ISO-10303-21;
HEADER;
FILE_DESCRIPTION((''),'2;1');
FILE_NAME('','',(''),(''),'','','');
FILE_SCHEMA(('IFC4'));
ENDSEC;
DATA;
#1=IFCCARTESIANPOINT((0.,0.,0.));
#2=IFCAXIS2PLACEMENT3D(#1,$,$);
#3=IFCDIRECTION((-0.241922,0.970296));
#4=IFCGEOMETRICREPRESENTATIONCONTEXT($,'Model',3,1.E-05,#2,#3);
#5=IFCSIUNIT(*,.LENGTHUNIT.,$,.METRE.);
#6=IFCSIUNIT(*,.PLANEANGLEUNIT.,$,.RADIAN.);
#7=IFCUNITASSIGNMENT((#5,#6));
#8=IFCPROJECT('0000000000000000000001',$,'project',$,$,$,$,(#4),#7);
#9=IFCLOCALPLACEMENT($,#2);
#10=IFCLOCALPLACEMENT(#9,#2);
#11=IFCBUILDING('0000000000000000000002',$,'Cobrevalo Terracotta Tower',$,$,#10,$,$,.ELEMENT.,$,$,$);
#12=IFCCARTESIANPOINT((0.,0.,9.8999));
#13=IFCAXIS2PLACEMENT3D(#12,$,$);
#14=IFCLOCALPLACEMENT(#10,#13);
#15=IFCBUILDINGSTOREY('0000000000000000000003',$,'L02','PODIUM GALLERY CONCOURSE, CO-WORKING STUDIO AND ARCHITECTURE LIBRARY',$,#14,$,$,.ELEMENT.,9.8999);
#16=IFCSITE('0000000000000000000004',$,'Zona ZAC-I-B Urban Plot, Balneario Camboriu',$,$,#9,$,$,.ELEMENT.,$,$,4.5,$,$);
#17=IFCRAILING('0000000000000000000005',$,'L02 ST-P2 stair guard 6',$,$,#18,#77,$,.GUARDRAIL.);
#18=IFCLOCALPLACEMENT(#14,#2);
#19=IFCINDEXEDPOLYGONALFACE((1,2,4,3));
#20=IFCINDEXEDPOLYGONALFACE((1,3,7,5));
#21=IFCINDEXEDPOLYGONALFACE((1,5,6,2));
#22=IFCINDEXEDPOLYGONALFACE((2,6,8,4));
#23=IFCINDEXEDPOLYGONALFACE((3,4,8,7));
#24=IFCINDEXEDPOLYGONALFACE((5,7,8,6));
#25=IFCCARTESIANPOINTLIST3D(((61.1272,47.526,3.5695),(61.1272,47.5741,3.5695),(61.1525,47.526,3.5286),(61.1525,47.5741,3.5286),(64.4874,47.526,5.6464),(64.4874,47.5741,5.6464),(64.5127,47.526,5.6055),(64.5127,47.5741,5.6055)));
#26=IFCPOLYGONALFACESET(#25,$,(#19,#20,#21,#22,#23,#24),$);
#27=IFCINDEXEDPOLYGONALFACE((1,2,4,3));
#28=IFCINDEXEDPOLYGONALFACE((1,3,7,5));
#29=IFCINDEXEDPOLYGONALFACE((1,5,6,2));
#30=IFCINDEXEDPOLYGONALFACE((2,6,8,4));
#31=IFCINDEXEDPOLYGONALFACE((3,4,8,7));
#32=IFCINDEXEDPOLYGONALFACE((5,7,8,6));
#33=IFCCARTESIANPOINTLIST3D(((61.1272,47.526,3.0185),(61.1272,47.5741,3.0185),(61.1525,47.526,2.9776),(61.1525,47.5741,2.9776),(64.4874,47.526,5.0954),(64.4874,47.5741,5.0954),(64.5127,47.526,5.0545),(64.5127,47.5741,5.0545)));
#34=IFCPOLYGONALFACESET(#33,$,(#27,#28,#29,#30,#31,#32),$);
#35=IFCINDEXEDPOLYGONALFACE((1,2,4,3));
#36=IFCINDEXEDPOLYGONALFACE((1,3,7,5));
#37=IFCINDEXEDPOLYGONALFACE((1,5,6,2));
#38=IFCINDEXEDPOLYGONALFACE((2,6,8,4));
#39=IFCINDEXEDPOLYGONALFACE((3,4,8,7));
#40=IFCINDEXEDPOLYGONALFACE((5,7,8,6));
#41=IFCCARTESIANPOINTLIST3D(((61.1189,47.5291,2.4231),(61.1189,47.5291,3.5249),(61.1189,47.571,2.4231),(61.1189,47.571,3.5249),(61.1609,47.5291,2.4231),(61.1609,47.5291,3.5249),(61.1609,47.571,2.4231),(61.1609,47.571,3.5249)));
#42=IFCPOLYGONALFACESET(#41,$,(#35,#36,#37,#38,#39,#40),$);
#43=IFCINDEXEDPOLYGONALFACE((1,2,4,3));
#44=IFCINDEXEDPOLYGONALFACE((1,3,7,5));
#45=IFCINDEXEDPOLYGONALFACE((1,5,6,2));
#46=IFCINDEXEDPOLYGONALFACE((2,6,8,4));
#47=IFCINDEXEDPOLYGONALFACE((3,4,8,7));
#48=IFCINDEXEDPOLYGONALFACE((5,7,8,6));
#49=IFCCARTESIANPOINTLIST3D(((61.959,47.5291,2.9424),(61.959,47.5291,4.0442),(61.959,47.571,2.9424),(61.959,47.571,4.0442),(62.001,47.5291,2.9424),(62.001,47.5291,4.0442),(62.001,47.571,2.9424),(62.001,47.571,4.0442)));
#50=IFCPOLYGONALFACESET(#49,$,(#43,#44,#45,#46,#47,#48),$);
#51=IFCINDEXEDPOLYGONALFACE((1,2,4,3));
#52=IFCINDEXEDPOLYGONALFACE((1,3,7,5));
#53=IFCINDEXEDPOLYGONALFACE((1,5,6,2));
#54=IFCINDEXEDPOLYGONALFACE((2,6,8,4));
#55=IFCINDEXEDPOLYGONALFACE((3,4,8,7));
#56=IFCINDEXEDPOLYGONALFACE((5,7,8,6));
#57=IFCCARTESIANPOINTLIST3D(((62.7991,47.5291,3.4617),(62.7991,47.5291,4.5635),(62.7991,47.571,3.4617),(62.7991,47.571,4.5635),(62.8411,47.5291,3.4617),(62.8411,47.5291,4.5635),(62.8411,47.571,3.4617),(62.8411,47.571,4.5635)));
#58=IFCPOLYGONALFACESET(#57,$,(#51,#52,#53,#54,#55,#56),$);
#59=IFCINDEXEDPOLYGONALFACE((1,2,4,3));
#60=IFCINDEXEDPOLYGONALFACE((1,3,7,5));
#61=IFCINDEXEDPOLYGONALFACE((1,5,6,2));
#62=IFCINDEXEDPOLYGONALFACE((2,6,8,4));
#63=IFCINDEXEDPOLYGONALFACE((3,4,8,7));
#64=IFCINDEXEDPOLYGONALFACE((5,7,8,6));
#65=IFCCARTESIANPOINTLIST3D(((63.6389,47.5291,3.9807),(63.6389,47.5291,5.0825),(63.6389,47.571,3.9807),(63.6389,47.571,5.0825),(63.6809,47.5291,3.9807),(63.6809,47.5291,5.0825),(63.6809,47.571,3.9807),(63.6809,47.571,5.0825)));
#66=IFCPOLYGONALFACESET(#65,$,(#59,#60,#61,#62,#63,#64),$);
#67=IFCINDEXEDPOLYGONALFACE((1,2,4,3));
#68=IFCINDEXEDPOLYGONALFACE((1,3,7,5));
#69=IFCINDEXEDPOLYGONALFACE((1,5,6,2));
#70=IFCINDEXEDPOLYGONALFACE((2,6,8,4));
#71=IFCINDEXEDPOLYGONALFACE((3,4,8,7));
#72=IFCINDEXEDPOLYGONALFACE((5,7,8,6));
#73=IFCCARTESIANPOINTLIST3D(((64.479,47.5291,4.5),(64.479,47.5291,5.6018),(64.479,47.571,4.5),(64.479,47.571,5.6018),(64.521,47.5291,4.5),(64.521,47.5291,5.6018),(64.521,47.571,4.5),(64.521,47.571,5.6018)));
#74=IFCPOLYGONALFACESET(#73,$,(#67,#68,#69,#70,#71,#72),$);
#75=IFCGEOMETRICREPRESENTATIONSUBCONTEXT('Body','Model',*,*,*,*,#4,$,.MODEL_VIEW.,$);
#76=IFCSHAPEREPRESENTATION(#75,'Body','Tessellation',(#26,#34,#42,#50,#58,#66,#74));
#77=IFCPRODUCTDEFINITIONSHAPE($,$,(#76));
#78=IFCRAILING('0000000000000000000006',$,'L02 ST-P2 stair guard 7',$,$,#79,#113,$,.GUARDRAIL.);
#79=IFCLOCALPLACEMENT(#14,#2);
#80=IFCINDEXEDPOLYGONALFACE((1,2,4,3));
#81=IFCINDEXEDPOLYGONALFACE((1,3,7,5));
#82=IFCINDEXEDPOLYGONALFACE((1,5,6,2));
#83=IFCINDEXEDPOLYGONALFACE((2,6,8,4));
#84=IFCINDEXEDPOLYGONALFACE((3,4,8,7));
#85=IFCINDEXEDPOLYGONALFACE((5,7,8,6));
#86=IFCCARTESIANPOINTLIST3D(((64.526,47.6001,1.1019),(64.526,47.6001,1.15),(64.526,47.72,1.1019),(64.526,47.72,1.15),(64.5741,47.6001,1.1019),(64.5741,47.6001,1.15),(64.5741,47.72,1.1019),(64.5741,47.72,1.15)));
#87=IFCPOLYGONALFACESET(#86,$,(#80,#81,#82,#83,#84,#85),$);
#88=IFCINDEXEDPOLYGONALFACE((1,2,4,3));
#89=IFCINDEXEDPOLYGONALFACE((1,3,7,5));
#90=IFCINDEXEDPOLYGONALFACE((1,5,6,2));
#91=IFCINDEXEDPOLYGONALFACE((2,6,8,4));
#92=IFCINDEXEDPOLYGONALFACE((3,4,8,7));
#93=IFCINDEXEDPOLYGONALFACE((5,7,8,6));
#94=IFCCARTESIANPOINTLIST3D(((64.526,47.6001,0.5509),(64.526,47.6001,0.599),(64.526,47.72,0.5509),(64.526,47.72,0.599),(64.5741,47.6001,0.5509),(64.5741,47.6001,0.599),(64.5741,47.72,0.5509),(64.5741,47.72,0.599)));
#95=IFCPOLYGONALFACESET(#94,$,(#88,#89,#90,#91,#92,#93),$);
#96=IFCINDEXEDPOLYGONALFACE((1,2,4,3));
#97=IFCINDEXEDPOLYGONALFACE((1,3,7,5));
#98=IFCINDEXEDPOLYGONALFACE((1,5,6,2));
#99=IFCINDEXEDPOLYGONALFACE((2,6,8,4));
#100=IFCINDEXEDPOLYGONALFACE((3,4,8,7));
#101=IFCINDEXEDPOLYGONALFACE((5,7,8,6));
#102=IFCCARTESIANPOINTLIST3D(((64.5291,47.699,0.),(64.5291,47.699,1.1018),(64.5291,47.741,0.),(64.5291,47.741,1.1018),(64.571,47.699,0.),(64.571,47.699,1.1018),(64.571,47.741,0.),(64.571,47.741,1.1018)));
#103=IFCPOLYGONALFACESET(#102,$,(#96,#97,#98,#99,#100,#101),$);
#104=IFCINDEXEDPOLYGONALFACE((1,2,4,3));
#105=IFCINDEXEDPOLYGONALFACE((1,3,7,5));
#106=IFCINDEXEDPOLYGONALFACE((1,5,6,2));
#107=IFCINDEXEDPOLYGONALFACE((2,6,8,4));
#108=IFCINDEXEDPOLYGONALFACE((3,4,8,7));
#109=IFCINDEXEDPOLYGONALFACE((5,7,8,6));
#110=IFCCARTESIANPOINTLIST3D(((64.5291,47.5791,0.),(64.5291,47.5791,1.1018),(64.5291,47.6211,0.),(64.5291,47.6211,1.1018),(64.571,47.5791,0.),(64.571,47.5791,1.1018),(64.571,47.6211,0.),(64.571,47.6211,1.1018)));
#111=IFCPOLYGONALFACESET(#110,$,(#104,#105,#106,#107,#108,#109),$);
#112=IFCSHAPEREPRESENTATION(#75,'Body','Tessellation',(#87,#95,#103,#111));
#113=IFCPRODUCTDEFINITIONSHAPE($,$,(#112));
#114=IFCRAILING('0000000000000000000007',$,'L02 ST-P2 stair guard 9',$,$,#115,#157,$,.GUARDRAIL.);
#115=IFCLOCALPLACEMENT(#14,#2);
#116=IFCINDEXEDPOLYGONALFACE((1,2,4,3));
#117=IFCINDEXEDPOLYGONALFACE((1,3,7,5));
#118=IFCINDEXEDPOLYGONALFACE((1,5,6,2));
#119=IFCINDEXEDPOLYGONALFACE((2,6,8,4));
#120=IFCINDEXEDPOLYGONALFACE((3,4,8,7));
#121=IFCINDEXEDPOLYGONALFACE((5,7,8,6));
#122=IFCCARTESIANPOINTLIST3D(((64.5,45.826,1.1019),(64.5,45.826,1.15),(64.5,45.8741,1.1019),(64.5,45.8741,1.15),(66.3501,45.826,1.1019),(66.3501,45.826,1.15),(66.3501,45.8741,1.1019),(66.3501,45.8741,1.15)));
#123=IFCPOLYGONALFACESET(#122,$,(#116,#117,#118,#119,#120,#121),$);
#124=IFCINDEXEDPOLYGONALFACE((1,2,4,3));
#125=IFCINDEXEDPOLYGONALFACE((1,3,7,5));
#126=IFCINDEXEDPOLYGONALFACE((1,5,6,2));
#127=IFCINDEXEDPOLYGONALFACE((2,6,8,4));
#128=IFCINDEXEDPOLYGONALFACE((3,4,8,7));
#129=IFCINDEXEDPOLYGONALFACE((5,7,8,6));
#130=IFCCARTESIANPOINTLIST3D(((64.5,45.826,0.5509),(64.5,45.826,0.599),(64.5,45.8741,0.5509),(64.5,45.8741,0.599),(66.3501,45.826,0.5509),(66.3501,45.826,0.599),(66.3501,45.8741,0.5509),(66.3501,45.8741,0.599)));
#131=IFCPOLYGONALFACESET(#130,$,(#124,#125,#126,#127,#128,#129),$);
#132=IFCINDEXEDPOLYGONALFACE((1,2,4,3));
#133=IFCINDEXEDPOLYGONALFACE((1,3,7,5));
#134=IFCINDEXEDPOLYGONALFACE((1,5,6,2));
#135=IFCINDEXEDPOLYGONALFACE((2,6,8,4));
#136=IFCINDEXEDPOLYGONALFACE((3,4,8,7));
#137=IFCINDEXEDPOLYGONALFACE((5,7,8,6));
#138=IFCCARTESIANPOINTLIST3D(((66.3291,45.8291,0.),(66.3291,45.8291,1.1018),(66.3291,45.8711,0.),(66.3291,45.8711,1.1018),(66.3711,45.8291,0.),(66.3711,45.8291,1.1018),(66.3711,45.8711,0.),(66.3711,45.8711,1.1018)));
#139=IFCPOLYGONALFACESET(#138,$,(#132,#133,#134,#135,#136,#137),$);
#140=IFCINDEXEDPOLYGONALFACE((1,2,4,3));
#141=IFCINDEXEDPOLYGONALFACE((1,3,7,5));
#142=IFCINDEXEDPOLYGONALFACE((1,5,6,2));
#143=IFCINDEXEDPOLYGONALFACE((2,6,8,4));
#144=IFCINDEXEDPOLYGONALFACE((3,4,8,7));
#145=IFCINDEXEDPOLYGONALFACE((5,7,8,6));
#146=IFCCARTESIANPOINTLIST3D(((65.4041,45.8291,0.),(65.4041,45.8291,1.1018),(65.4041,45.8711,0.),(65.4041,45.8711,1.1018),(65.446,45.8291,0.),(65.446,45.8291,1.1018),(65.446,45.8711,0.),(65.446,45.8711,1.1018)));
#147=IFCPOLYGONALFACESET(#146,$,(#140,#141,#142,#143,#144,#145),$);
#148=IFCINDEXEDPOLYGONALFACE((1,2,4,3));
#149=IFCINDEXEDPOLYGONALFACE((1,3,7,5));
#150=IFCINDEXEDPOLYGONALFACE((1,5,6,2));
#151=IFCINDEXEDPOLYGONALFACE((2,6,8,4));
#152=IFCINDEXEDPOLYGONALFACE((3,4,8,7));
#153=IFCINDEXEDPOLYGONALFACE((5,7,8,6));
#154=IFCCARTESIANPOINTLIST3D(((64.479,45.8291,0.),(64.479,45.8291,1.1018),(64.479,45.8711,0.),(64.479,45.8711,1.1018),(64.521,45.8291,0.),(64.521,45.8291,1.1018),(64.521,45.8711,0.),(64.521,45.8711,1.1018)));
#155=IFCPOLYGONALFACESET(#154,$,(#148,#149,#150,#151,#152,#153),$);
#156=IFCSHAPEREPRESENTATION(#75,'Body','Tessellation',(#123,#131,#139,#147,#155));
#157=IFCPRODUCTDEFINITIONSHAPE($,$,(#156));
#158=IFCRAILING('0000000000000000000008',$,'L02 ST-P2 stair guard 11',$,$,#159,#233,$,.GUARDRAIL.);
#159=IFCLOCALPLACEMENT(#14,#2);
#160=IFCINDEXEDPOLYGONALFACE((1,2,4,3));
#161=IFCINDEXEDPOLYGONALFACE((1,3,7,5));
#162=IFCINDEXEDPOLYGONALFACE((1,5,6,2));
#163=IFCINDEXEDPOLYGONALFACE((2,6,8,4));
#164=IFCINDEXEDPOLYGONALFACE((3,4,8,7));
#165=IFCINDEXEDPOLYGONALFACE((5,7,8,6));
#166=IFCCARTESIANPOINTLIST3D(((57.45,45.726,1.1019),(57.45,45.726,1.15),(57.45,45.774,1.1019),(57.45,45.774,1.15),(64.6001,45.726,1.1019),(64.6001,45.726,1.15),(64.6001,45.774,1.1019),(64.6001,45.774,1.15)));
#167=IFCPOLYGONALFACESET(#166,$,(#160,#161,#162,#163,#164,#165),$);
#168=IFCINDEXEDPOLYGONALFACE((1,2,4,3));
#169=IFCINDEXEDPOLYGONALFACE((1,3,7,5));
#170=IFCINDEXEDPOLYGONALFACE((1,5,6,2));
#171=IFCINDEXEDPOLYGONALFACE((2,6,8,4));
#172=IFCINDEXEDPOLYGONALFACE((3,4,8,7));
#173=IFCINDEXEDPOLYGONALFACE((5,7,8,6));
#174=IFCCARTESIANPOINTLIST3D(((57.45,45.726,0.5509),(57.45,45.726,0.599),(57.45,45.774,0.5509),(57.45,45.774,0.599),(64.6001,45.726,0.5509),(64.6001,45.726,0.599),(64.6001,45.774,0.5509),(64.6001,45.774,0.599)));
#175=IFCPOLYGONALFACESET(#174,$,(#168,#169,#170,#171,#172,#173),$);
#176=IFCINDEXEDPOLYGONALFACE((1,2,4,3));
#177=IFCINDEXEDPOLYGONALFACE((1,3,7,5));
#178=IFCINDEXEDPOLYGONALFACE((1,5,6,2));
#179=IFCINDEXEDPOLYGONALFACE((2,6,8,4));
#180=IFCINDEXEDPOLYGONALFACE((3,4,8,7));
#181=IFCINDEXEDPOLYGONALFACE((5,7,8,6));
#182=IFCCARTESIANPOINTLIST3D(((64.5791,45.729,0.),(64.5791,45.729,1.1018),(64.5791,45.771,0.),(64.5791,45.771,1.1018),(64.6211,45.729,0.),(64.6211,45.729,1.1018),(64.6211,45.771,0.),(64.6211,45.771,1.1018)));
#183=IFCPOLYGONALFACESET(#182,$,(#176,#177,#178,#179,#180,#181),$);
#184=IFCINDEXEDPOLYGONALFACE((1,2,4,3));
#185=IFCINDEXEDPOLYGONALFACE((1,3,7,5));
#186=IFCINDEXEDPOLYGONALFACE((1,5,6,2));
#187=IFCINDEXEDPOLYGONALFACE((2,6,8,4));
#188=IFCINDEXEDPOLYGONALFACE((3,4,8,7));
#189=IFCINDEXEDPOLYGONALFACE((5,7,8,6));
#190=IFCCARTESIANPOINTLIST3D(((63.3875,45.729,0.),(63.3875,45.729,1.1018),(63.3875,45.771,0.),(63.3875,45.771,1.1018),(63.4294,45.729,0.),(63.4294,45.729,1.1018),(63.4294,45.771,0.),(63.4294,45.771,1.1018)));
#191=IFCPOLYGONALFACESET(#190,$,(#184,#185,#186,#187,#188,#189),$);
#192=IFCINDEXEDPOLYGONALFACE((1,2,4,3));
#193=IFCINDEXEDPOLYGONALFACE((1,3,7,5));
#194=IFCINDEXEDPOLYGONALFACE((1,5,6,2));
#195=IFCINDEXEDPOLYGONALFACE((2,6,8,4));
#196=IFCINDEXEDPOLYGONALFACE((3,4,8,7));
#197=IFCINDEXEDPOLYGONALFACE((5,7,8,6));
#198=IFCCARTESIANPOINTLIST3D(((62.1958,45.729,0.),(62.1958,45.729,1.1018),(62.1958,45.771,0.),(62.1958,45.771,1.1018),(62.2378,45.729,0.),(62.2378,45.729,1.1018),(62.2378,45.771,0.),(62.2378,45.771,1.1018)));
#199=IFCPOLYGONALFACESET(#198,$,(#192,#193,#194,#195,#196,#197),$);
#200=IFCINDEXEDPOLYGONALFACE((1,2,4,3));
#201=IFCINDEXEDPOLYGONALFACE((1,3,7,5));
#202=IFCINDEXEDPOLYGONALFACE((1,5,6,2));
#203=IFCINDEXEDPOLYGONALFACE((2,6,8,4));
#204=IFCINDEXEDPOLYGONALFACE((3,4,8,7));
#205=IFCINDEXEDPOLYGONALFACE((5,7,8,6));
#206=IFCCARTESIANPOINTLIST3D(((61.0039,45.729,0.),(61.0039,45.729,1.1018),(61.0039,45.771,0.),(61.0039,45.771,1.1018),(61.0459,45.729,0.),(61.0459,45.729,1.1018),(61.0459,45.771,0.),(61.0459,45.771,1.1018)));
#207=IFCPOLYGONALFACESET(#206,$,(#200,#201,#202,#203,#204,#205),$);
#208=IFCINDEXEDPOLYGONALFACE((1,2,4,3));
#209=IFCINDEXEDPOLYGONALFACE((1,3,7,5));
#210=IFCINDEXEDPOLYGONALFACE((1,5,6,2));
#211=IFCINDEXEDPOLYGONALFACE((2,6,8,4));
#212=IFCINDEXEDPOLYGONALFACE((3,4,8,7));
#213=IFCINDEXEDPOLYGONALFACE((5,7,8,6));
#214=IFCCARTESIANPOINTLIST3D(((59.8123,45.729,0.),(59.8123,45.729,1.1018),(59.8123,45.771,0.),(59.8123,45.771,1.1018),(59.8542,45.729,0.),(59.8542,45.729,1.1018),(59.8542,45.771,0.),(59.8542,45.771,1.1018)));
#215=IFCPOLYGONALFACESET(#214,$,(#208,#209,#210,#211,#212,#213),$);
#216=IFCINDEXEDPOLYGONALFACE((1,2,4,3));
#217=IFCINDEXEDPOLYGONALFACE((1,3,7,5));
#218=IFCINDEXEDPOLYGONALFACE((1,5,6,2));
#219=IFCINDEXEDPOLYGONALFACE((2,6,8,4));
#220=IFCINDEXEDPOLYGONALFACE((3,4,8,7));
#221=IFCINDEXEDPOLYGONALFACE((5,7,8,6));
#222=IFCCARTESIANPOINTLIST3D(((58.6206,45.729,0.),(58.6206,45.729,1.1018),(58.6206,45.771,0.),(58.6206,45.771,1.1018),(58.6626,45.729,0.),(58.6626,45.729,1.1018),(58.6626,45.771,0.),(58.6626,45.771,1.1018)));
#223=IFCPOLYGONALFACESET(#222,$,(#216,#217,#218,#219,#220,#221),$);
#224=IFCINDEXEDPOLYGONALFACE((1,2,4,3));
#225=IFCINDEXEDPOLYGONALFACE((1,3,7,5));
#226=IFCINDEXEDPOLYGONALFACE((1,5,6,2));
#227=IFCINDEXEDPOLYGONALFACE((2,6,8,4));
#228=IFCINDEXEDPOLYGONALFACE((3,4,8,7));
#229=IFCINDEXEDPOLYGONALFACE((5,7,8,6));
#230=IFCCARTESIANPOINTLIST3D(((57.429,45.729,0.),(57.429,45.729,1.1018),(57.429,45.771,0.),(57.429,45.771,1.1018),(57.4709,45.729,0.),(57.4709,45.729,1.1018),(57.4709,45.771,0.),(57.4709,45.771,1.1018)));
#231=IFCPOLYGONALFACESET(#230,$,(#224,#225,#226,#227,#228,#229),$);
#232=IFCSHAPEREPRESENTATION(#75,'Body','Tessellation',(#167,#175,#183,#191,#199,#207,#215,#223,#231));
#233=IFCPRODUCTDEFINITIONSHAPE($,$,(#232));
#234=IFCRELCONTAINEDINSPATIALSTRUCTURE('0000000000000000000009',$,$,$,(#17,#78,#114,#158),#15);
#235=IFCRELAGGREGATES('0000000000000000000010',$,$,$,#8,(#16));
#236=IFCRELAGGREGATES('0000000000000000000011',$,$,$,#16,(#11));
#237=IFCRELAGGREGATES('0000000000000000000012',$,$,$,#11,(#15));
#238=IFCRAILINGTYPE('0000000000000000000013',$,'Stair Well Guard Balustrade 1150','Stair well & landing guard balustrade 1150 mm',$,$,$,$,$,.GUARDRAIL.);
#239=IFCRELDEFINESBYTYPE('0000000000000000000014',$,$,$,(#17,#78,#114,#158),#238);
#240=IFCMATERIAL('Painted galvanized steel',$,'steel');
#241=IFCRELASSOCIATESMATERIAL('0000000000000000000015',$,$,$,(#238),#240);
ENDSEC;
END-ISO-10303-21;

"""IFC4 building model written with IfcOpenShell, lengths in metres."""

from ifc_helpers import new_model, si_unit, direction, frame, origin, origin_2d, place, context, subcontext, project, spatial, rectangle, extrude, material, type_object, element, save


model = new_model("IFC4")

# Units and contexts
model_context = context("Model", 3, precision=1e-05, world=origin(), true_north=direction((-0.241922, 0.970296)))
body_context = subcontext(model_context, "Body", "Model", "MODEL_VIEW")
ifc_project = project(units=[si_unit("LENGTHUNIT", "METRE"), si_unit("PLANEANGLEUNIT", "RADIAN")], contexts=[model_context])

# Site, building, storey
site_placement = place(None, origin())
site = spatial("IfcSite", under=ifc_project, at=site_placement, Name="Zona ZAC-I-B Urban Plot, Balneario Camboriu", CompositionType="ELEMENT", RefElevation=4.5)
building_placement = place(site_placement, origin())
building = spatial("IfcBuilding", under=site, at=building_placement, Name="Cobrevalo Terracotta Tower", CompositionType="ELEMENT")
storey_placement = place(building_placement, frame((0.0, 0.0, 9.8999)))
storey = spatial("IfcBuildingStorey", under=building, at=storey_placement, Name="L02", Description="PODIUM GALLERY CONCOURSE, CO-WORKING STUDIO AND ARCHITECTURE LIBRARY", CompositionType="ELEMENT", Elevation=9.8999)

# Railings
ifc_material_1 = material(Name="Painted galvanized steel", Category="steel")
railing_type_1 = type_object("IfcRailingType", Name="Stair Well Guard Balustrade 1150", Description="Stair well & landing guard balustrade 1150 mm", PredefinedType="GUARDRAIL", material=ifc_material_1)
railing_1_placement = place(storey_placement, frame((61.1399, 47.55, 2.4231)))
element("IfcRailing", 1, at=railing_1_placement, inside=storey, type_object=railing_type_1, Name="L02 ST-P2 stair guard 6", PredefinedType="GUARDRAIL", context=body_context, shape_type="SweptSolid", body=[
    extrude(rectangle(XDim=0.0481, YDim=0.0481, at=origin_2d()), frame((0.0, 0.0, 1.126), z_axis=(0.850623, 0.0, 0.525776), x_axis=(0.0, 1.0, 0.0)), (0.0, 0.0, 1.0), 3.9502),
    extrude(rectangle(XDim=0.0481, YDim=0.0481, at=origin_2d()), frame((0.0, 0.0, 0.575), z_axis=(0.850623, 0.0, 0.525776), x_axis=(0.0, 1.0, 0.0)), (0.0, 0.0, 1.0), 3.9502),
    extrude(rectangle(XDim=0.042, YDim=0.042, at=origin_2d()), origin(), (0.0, 0.0, 1.0), 1.1018),
    extrude(rectangle(XDim=0.042, YDim=0.042, at=origin_2d()), frame((0.8401, 0.0, 0.5193)), (0.0, 0.0, 1.0), 1.1018),
    extrude(rectangle(XDim=0.042, YDim=0.042, at=origin_2d()), frame((1.6802, 0.0, 1.0386)), (0.0, 0.0, 1.0), 1.1018),
    extrude(rectangle(XDim=0.042, YDim=0.042, at=origin_2d()), frame((2.52, 0.0, 1.5576)), (0.0, 0.0, 1.0), 1.1018),
    extrude(rectangle(XDim=0.042, YDim=0.042, at=origin_2d()), frame((3.3601, 0.0, 2.0769)), (0.0, 0.0, 1.0), 1.1018),
])
railing_2_placement = place(storey_placement, frame((64.55, 47.72, 0.0)))
element("IfcRailing", 2, at=railing_2_placement, inside=storey, type_object=railing_type_1, Name="L02 ST-P2 stair guard 7", PredefinedType="GUARDRAIL", context=body_context, shape_type="SweptSolid", body=[
    extrude(rectangle(XDim=0.0481, YDim=0.0481, at=origin_2d()), frame((0.0, 0.0, 1.126), z_axis=(0.0, -1.0, 0.0), x_axis=(1.0, 0.0, 0.0)), (0.0, 0.0, 1.0), 0.1199),
    extrude(rectangle(XDim=0.0481, YDim=0.0481, at=origin_2d()), frame((0.0, 0.0, 0.575), z_axis=(0.0, -1.0, 0.0), x_axis=(1.0, 0.0, 0.0)), (0.0, 0.0, 1.0), 0.1199),
    extrude(rectangle(XDim=0.042, YDim=0.042, at=origin_2d()), origin(), (0.0, 0.0, 1.0), 1.1018),
    extrude(rectangle(XDim=0.042, YDim=0.042, at=origin_2d()), frame((0.0, -0.1199, 0.0)), (0.0, 0.0, 1.0), 1.1018),
])
railing_3_placement = place(storey_placement, frame((66.3501, 45.8501, 0.0)))
element("IfcRailing", 3, at=railing_3_placement, inside=storey, type_object=railing_type_1, Name="L02 ST-P2 stair guard 9", PredefinedType="GUARDRAIL", context=body_context, shape_type="SweptSolid", body=[
    extrude(rectangle(XDim=0.0481, YDim=0.0481, at=origin_2d()), frame((0.0, 0.0, 1.126), z_axis=(-1.0, 0.0, 0.0), x_axis=(0.0, -1.0, 0.0)), (0.0, 0.0, 1.0), 1.8501),
    extrude(rectangle(XDim=0.0481, YDim=0.0481, at=origin_2d()), frame((0.0, 0.0, 0.575), z_axis=(-1.0, 0.0, 0.0), x_axis=(0.0, -1.0, 0.0)), (0.0, 0.0, 1.0), 1.8501),
    extrude(rectangle(XDim=0.042, YDim=0.042, at=origin_2d()), origin(), (0.0, 0.0, 1.0), 1.1018),
    extrude(rectangle(XDim=0.042, YDim=0.042, at=origin_2d()), frame((-0.925, 0.0, 0.0)), (0.0, 0.0, 1.0), 1.1018),
    extrude(rectangle(XDim=0.042, YDim=0.042, at=origin_2d()), frame((-1.8501, 0.0, 0.0)), (0.0, 0.0, 1.0), 1.1018),
])
railing_4_placement = place(storey_placement, frame((64.6001, 45.75, 0.0)))
element("IfcRailing", 4, at=railing_4_placement, inside=storey, type_object=railing_type_1, Name="L02 ST-P2 stair guard 11", PredefinedType="GUARDRAIL", context=body_context, shape_type="SweptSolid", body=[
    extrude(rectangle(XDim=0.0481, YDim=0.0481, at=origin_2d()), frame((0.0, 0.0, 1.126), z_axis=(-1.0, 0.0, 0.0), x_axis=(0.0, -1.0, 0.0)), (0.0, 0.0, 1.0), 7.1501),
    extrude(rectangle(XDim=0.0481, YDim=0.0481, at=origin_2d()), frame((0.0, 0.0, 0.575), z_axis=(-1.0, 0.0, 0.0), x_axis=(0.0, -1.0, 0.0)), (0.0, 0.0, 1.0), 7.1501),
    extrude(rectangle(XDim=0.042, YDim=0.042, at=origin_2d()), origin(), (0.0, 0.0, 1.0), 1.1018),
    extrude(rectangle(XDim=0.042, YDim=0.042, at=origin_2d()), frame((-1.1917, 0.0, 0.0)), (0.0, 0.0, 1.0), 1.1018),
    extrude(rectangle(XDim=0.042, YDim=0.042, at=origin_2d()), frame((-2.3833, 0.0, 0.0)), (0.0, 0.0, 1.0), 1.1018),
    extrude(rectangle(XDim=0.042, YDim=0.042, at=origin_2d()), frame((-3.5752, 0.0, 0.0)), (0.0, 0.0, 1.0), 1.1018),
    extrude(rectangle(XDim=0.042, YDim=0.042, at=origin_2d()), frame((-4.7668, 0.0, 0.0)), (0.0, 0.0, 1.0), 1.1018),
    extrude(rectangle(XDim=0.042, YDim=0.042, at=origin_2d()), frame((-5.9585, 0.0, 0.0)), (0.0, 0.0, 1.0), 1.1018),
    extrude(rectangle(XDim=0.042, YDim=0.042, at=origin_2d()), frame((-7.1501, 0.0, 0.0)), (0.0, 0.0, 1.0), 1.1018),
])

save(model, "model.ifc")
